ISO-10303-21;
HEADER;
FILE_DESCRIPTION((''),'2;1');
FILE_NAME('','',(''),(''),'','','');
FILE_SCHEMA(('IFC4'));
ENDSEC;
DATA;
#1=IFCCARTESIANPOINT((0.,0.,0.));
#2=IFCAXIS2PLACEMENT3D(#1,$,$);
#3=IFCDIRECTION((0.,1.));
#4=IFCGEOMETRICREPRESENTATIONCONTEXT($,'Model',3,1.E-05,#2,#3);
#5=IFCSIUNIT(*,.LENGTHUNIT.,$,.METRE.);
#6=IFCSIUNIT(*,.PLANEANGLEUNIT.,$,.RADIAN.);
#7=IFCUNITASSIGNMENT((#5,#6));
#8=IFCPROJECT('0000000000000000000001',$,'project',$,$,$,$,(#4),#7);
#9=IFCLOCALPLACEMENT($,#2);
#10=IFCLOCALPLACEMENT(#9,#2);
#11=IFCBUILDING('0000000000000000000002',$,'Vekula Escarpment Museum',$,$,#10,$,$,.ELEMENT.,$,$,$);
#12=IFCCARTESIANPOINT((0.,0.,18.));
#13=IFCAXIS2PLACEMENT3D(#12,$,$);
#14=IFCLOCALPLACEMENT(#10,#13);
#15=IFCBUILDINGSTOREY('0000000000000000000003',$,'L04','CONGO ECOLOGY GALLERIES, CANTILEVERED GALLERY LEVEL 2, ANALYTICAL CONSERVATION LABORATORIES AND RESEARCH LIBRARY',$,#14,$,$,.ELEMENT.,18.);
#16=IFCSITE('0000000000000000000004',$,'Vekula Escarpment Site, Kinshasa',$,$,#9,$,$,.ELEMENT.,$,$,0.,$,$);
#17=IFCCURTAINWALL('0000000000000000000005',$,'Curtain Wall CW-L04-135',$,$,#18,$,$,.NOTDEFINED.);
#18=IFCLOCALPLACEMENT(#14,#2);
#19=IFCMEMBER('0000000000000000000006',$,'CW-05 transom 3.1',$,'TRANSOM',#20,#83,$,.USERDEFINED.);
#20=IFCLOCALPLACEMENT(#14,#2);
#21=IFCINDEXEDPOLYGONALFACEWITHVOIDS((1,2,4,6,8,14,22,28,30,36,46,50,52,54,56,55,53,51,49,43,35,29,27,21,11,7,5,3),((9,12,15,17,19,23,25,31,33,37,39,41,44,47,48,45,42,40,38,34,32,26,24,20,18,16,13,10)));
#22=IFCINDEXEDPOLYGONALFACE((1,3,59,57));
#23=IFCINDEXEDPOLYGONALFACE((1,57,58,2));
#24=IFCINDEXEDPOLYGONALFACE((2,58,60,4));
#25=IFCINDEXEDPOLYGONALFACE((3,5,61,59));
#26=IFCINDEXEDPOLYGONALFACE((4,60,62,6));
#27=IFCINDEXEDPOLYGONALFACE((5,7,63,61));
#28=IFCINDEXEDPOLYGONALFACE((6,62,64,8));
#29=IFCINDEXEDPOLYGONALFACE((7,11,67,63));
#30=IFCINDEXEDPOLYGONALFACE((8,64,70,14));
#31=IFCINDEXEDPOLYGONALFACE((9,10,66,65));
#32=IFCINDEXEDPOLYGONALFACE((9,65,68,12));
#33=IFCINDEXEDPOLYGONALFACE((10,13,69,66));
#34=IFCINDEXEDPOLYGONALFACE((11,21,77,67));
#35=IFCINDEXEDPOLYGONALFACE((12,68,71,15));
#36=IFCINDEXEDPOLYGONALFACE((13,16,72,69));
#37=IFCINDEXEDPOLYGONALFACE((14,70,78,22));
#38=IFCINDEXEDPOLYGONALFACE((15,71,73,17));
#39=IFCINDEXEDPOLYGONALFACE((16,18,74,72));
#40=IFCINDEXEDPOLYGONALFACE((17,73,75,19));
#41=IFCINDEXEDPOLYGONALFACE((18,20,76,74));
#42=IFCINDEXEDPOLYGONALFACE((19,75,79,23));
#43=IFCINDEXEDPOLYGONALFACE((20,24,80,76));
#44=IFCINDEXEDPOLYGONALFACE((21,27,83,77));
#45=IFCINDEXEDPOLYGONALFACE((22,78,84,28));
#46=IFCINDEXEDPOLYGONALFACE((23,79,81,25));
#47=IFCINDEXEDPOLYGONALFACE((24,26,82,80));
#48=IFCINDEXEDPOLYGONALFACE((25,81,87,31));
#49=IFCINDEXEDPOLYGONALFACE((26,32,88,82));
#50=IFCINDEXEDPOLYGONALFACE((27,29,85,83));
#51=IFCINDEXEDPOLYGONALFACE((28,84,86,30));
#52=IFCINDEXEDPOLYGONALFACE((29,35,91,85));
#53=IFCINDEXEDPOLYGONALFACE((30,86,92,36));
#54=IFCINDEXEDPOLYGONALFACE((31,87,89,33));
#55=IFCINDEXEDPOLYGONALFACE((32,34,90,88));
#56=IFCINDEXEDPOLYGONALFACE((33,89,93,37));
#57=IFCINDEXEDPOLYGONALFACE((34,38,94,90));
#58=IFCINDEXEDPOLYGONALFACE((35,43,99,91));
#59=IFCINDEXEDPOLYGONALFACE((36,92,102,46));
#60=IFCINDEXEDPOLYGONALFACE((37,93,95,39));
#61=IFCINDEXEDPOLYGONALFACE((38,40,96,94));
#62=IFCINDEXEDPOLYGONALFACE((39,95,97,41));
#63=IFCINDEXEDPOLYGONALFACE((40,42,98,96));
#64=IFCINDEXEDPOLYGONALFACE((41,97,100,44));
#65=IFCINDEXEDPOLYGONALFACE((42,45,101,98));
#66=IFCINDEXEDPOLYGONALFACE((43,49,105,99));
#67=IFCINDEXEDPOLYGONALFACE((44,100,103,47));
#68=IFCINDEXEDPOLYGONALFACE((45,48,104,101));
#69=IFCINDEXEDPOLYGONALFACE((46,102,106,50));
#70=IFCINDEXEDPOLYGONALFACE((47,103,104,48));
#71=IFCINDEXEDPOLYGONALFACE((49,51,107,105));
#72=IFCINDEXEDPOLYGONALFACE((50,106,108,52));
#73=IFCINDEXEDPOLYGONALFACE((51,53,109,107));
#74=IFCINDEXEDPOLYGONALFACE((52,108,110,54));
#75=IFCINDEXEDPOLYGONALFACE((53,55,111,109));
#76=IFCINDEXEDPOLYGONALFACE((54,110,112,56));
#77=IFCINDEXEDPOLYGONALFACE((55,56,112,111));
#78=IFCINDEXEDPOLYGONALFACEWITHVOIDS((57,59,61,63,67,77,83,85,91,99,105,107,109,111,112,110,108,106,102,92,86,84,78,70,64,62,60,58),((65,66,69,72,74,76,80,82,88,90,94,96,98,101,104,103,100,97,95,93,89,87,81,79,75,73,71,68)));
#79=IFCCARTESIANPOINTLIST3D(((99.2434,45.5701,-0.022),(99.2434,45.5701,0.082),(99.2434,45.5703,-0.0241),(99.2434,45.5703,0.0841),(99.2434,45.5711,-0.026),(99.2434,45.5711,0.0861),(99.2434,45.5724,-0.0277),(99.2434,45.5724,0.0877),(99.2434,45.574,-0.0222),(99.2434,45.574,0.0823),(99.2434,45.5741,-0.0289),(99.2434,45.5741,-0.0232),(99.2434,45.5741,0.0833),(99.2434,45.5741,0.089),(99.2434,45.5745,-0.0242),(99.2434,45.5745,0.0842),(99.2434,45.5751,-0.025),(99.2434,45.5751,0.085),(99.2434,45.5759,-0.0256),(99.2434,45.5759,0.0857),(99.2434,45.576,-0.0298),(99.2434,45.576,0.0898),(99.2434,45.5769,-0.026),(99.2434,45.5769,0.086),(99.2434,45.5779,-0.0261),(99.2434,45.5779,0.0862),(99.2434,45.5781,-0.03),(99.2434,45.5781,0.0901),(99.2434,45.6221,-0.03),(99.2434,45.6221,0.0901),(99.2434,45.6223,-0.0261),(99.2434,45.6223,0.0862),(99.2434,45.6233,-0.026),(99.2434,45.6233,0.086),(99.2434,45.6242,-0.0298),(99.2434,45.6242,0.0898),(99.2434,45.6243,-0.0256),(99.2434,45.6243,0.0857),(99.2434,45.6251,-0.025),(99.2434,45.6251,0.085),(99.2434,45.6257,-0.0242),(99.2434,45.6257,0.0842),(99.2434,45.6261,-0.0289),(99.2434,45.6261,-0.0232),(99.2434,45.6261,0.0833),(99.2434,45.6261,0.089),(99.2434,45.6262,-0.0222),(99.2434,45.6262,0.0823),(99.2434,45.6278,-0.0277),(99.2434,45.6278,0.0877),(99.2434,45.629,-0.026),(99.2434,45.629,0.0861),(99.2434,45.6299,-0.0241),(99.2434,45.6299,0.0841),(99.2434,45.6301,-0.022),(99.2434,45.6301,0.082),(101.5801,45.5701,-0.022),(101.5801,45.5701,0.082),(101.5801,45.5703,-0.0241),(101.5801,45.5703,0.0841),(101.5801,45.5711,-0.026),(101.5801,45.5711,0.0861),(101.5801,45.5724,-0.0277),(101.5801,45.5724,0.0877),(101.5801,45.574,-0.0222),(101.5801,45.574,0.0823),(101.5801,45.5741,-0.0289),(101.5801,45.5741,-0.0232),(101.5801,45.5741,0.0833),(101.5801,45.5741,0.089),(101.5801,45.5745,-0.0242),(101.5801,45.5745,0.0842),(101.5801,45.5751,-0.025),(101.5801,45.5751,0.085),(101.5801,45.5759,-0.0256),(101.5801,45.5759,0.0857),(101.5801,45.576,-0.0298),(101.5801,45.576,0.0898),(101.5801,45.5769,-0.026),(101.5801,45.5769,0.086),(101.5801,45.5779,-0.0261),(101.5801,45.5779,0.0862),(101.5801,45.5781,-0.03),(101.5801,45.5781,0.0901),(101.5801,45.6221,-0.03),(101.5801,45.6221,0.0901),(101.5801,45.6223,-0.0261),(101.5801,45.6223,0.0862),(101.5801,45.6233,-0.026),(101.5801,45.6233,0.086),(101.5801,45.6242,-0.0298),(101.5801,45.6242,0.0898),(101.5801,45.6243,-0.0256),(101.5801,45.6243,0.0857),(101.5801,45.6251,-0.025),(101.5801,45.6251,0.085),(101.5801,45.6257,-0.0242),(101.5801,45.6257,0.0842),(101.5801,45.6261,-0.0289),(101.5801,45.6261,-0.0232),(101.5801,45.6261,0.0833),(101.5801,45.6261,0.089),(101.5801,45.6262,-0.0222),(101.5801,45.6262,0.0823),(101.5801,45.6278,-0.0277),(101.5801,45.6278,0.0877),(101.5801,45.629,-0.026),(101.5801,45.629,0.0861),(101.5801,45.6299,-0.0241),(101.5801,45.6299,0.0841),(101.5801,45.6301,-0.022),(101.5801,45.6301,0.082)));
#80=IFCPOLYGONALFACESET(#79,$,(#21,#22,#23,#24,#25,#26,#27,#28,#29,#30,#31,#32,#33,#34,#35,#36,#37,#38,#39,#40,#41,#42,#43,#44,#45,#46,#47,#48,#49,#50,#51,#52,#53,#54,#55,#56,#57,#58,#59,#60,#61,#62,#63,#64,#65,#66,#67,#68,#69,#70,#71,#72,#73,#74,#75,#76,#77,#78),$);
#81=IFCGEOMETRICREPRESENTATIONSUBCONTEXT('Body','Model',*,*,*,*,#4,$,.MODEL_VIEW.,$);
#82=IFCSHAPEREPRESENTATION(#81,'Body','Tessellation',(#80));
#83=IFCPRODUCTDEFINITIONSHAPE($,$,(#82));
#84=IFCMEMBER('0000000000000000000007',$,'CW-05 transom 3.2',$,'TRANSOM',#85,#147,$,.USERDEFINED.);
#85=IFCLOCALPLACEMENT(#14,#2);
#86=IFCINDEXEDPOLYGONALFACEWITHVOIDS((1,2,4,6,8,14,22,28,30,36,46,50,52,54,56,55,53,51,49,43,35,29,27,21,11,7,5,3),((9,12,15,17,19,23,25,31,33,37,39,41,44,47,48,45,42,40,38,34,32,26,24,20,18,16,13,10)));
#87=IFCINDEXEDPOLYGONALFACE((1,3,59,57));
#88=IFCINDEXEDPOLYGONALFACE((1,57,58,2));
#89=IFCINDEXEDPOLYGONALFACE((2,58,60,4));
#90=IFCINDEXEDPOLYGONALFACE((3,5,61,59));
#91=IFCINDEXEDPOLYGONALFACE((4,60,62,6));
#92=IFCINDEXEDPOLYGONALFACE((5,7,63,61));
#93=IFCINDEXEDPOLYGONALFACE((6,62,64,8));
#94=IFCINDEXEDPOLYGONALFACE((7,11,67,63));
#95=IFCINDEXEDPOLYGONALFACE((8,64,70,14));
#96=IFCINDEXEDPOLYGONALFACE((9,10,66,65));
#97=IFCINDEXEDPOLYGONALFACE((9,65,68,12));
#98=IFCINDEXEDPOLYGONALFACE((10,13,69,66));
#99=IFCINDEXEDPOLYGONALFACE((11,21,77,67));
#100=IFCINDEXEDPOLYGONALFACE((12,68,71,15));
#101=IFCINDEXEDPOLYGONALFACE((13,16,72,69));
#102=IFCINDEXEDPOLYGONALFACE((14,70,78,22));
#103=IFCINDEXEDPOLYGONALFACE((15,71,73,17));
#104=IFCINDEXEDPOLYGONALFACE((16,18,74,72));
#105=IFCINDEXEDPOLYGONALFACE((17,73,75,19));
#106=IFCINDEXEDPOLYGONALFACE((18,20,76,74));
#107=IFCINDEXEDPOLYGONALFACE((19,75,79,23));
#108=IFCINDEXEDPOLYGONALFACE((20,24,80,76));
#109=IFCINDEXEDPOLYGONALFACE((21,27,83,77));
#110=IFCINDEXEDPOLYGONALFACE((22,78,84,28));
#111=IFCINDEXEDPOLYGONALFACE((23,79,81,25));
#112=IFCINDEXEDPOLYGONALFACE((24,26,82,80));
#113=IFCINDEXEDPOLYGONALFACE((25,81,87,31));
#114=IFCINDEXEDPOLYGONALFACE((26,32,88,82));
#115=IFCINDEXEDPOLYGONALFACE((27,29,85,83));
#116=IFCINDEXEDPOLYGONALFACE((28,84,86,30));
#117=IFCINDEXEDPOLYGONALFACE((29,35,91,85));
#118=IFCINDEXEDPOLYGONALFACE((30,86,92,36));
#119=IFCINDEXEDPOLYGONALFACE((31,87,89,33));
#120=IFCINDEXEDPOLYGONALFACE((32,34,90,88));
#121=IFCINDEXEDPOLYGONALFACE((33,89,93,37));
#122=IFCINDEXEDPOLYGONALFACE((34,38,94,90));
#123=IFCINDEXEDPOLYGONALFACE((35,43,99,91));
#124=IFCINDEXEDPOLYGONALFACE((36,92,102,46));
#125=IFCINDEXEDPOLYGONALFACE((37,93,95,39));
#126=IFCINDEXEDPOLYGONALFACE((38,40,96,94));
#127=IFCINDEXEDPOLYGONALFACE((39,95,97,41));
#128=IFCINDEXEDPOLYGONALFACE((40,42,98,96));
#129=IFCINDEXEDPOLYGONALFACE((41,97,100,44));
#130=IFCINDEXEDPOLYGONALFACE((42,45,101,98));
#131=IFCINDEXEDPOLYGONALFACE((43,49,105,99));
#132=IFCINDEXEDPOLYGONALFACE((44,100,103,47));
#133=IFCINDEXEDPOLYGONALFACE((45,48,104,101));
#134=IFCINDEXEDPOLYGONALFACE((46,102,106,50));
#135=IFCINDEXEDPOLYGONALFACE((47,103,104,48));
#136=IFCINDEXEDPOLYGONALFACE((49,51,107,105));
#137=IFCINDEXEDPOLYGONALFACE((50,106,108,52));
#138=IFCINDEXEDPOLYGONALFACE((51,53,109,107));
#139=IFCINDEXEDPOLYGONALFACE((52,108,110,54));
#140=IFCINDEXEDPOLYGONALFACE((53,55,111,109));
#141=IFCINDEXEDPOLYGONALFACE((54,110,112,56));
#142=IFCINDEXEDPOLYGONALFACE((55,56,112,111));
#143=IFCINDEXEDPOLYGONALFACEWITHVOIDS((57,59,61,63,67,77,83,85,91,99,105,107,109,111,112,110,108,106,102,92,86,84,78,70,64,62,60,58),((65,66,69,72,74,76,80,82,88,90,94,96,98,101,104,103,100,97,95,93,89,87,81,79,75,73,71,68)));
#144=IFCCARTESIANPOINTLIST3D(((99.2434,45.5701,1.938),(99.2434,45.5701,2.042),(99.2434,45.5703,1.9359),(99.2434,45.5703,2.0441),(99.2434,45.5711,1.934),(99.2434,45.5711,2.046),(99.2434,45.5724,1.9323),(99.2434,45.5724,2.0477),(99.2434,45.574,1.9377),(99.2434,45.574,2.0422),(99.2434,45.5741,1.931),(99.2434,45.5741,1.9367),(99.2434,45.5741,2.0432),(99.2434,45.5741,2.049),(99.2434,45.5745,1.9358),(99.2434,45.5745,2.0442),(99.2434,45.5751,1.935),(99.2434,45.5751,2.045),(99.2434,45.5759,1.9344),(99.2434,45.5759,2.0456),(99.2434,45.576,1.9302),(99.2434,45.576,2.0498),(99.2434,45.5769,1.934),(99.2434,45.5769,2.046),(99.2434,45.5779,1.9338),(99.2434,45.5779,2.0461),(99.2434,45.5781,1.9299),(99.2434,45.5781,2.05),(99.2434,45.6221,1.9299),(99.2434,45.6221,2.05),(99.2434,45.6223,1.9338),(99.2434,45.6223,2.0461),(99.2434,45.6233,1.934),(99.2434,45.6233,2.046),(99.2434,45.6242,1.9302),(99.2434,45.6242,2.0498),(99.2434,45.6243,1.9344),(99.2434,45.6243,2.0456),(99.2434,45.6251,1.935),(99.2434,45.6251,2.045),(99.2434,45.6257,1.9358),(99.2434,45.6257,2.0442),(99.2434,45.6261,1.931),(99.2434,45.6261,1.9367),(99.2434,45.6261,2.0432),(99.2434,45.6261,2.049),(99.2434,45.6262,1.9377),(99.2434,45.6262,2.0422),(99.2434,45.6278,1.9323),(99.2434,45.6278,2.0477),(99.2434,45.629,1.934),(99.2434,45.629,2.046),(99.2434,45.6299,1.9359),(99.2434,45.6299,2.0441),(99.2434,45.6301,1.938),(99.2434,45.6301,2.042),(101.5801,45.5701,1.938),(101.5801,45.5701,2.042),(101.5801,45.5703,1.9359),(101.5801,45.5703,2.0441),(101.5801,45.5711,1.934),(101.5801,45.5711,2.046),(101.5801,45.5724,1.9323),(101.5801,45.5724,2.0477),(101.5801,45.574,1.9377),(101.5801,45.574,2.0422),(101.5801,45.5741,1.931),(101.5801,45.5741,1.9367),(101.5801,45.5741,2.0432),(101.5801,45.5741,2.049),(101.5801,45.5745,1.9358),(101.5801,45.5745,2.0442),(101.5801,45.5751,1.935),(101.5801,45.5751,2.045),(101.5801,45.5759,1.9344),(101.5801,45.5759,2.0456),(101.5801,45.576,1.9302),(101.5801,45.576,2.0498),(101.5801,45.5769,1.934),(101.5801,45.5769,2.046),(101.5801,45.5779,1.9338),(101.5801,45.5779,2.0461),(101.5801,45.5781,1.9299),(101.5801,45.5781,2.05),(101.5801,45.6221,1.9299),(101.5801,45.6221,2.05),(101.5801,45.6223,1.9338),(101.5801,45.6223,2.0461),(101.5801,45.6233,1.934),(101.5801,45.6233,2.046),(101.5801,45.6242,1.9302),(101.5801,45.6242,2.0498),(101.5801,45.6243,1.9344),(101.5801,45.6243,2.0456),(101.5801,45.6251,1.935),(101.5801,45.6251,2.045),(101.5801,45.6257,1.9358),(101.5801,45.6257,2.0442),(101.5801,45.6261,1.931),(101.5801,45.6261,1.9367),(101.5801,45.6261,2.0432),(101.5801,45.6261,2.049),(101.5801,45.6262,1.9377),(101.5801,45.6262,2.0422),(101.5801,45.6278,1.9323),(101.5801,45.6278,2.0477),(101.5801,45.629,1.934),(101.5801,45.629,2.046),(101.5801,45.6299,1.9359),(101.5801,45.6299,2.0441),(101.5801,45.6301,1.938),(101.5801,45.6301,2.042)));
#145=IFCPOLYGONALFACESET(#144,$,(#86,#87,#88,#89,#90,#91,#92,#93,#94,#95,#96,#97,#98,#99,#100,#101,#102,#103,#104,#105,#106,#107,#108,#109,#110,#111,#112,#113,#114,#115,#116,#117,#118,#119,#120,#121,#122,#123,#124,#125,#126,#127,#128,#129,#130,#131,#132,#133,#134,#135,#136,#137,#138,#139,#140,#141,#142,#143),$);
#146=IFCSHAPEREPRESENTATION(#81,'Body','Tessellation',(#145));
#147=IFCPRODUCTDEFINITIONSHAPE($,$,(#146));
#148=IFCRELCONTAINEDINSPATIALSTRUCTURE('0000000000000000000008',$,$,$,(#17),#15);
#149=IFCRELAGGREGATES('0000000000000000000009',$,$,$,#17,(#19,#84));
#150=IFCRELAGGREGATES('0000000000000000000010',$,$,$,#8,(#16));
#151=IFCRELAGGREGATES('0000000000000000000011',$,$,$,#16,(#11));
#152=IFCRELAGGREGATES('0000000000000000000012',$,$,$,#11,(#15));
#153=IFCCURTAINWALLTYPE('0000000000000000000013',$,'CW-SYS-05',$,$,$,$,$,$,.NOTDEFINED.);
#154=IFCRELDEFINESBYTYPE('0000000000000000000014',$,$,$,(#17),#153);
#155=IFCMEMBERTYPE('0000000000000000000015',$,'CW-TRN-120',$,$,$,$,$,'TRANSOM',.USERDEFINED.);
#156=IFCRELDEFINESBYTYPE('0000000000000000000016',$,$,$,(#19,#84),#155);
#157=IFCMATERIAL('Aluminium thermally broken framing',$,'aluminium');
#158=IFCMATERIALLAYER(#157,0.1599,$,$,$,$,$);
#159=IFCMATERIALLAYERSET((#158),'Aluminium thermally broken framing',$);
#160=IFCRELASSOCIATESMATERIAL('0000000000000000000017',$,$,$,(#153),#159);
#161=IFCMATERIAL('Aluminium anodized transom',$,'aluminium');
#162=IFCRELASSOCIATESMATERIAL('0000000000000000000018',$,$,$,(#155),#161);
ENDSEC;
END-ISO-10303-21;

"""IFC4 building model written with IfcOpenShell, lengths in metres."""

from ifc_helpers import new_model, si_unit, direction, frame, origin, origin_2d, place, context, subcontext, project, spatial, hollow_rectangle, extrude, material, layer, layer_set, material_profile, profile_set, type_object, element, aggregate, save


model = new_model("IFC4")

# Units and contexts
model_context = context("Model", 3, precision=1e-05, world=origin(), true_north=direction((0.0, 1.0)))
body_context = subcontext(model_context, "Body", "Model", "MODEL_VIEW")
ifc_project = project(units=[si_unit("LENGTHUNIT", "METRE"), si_unit("PLANEANGLEUNIT", "RADIAN")], contexts=[model_context])

# Site, building, storey
site_placement = place(None, origin())
site = spatial("IfcSite", under=ifc_project, at=site_placement, Name="Vekula Escarpment Site, Kinshasa", CompositionType="ELEMENT", RefElevation=0.0)
building_placement = place(site_placement, origin())
building = spatial("IfcBuilding", under=site, at=building_placement, Name="Vekula Escarpment Museum", CompositionType="ELEMENT")
storey_placement = place(building_placement, frame((0.0, 0.0, 18.0)))
storey = spatial("IfcBuildingStorey", under=building, at=storey_placement, Name="L04", Description="CONGO ECOLOGY GALLERIES, CANTILEVERED GALLERY LEVEL 2, ANALYTICAL CONSERVATION LABORATORIES AND RESEARCH LIBRARY", CompositionType="ELEMENT", Elevation=18.0)

# Curtain wall
ifc_material_1 = material(Name="Aluminium thermally broken framing", Category="aluminium")
ifc_layer_1 = layer(ifc_material_1, 0.1599)
ifc_layer_set_1 = layer_set([ifc_layer_1], Name="Aluminium thermally broken framing")
curtain_wall_type_1 = type_object("IfcCurtainWallType", Name="CW-SYS-05", PredefinedType="NOTDEFINED", material=ifc_layer_set_1)
curtain_wall_1_placement = place(storey_placement, origin())
curtain_wall_1 = element("IfcCurtainWall", 1, at=curtain_wall_1_placement, inside=storey, type_object=curtain_wall_type_1, Name="Curtain Wall CW-L04-135", PredefinedType="NOTDEFINED")

# Members
ifc_material_2 = material(Name="Aluminium anodized transom", Category="aluminium")
ifc_material_profile_1 = material_profile(ifc_material_2, hollow_rectangle(XDim=0.0601, YDim=0.1201, WallThickness=0.0039, InnerFilletRadius=0.0039, OuterFilletRadius=0.0081, at=origin_2d()), Name="ALU 120x60x4")
ifc_profile_set_1 = profile_set([ifc_material_profile_1], Name="Aluminium anodized transom")
member_type_1 = type_object("IfcMemberType", Name="CW-TRN-120", ElementType="TRANSOM", PredefinedType="USERDEFINED", material=ifc_profile_set_1)
member_1_placement = place(storey_placement, frame((99.2434, 45.6001, 0.03), z_axis=(1.0, 0.0, 0.0), x_axis=(0.0, 1.0, 0.0)))
member_1 = element("IfcMember", 2, at=member_1_placement, type_object=member_type_1, Name="CW-05 transom 3.1", ObjectType="TRANSOM", PredefinedType="USERDEFINED", context=body_context, shape_type="SweptSolid", body=[
    extrude(hollow_rectangle(XDim=0.0601, YDim=0.1201, WallThickness=0.0039, InnerFilletRadius=0.0039, OuterFilletRadius=0.0081, at=origin_2d()), origin(), (0.0, 0.0, 1.0), 2.3367),
])
member_2_placement = place(storey_placement, frame((99.2434, 45.6001, 1.99), z_axis=(1.0, 0.0, 0.0), x_axis=(0.0, 1.0, 0.0)))
member_2 = element("IfcMember", 3, at=member_2_placement, type_object=member_type_1, Name="CW-05 transom 3.2", ObjectType="TRANSOM", PredefinedType="USERDEFINED", context=body_context, shape_type="SweptSolid", body=[
    extrude(hollow_rectangle(XDim=0.0601, YDim=0.1201, WallThickness=0.0039, InnerFilletRadius=0.0039, OuterFilletRadius=0.0081, at=origin_2d()), origin(), (0.0, 0.0, 1.0), 2.3367),
])

aggregate(curtain_wall_1, [member_1, member_2])

save(model, "model.ifc")
